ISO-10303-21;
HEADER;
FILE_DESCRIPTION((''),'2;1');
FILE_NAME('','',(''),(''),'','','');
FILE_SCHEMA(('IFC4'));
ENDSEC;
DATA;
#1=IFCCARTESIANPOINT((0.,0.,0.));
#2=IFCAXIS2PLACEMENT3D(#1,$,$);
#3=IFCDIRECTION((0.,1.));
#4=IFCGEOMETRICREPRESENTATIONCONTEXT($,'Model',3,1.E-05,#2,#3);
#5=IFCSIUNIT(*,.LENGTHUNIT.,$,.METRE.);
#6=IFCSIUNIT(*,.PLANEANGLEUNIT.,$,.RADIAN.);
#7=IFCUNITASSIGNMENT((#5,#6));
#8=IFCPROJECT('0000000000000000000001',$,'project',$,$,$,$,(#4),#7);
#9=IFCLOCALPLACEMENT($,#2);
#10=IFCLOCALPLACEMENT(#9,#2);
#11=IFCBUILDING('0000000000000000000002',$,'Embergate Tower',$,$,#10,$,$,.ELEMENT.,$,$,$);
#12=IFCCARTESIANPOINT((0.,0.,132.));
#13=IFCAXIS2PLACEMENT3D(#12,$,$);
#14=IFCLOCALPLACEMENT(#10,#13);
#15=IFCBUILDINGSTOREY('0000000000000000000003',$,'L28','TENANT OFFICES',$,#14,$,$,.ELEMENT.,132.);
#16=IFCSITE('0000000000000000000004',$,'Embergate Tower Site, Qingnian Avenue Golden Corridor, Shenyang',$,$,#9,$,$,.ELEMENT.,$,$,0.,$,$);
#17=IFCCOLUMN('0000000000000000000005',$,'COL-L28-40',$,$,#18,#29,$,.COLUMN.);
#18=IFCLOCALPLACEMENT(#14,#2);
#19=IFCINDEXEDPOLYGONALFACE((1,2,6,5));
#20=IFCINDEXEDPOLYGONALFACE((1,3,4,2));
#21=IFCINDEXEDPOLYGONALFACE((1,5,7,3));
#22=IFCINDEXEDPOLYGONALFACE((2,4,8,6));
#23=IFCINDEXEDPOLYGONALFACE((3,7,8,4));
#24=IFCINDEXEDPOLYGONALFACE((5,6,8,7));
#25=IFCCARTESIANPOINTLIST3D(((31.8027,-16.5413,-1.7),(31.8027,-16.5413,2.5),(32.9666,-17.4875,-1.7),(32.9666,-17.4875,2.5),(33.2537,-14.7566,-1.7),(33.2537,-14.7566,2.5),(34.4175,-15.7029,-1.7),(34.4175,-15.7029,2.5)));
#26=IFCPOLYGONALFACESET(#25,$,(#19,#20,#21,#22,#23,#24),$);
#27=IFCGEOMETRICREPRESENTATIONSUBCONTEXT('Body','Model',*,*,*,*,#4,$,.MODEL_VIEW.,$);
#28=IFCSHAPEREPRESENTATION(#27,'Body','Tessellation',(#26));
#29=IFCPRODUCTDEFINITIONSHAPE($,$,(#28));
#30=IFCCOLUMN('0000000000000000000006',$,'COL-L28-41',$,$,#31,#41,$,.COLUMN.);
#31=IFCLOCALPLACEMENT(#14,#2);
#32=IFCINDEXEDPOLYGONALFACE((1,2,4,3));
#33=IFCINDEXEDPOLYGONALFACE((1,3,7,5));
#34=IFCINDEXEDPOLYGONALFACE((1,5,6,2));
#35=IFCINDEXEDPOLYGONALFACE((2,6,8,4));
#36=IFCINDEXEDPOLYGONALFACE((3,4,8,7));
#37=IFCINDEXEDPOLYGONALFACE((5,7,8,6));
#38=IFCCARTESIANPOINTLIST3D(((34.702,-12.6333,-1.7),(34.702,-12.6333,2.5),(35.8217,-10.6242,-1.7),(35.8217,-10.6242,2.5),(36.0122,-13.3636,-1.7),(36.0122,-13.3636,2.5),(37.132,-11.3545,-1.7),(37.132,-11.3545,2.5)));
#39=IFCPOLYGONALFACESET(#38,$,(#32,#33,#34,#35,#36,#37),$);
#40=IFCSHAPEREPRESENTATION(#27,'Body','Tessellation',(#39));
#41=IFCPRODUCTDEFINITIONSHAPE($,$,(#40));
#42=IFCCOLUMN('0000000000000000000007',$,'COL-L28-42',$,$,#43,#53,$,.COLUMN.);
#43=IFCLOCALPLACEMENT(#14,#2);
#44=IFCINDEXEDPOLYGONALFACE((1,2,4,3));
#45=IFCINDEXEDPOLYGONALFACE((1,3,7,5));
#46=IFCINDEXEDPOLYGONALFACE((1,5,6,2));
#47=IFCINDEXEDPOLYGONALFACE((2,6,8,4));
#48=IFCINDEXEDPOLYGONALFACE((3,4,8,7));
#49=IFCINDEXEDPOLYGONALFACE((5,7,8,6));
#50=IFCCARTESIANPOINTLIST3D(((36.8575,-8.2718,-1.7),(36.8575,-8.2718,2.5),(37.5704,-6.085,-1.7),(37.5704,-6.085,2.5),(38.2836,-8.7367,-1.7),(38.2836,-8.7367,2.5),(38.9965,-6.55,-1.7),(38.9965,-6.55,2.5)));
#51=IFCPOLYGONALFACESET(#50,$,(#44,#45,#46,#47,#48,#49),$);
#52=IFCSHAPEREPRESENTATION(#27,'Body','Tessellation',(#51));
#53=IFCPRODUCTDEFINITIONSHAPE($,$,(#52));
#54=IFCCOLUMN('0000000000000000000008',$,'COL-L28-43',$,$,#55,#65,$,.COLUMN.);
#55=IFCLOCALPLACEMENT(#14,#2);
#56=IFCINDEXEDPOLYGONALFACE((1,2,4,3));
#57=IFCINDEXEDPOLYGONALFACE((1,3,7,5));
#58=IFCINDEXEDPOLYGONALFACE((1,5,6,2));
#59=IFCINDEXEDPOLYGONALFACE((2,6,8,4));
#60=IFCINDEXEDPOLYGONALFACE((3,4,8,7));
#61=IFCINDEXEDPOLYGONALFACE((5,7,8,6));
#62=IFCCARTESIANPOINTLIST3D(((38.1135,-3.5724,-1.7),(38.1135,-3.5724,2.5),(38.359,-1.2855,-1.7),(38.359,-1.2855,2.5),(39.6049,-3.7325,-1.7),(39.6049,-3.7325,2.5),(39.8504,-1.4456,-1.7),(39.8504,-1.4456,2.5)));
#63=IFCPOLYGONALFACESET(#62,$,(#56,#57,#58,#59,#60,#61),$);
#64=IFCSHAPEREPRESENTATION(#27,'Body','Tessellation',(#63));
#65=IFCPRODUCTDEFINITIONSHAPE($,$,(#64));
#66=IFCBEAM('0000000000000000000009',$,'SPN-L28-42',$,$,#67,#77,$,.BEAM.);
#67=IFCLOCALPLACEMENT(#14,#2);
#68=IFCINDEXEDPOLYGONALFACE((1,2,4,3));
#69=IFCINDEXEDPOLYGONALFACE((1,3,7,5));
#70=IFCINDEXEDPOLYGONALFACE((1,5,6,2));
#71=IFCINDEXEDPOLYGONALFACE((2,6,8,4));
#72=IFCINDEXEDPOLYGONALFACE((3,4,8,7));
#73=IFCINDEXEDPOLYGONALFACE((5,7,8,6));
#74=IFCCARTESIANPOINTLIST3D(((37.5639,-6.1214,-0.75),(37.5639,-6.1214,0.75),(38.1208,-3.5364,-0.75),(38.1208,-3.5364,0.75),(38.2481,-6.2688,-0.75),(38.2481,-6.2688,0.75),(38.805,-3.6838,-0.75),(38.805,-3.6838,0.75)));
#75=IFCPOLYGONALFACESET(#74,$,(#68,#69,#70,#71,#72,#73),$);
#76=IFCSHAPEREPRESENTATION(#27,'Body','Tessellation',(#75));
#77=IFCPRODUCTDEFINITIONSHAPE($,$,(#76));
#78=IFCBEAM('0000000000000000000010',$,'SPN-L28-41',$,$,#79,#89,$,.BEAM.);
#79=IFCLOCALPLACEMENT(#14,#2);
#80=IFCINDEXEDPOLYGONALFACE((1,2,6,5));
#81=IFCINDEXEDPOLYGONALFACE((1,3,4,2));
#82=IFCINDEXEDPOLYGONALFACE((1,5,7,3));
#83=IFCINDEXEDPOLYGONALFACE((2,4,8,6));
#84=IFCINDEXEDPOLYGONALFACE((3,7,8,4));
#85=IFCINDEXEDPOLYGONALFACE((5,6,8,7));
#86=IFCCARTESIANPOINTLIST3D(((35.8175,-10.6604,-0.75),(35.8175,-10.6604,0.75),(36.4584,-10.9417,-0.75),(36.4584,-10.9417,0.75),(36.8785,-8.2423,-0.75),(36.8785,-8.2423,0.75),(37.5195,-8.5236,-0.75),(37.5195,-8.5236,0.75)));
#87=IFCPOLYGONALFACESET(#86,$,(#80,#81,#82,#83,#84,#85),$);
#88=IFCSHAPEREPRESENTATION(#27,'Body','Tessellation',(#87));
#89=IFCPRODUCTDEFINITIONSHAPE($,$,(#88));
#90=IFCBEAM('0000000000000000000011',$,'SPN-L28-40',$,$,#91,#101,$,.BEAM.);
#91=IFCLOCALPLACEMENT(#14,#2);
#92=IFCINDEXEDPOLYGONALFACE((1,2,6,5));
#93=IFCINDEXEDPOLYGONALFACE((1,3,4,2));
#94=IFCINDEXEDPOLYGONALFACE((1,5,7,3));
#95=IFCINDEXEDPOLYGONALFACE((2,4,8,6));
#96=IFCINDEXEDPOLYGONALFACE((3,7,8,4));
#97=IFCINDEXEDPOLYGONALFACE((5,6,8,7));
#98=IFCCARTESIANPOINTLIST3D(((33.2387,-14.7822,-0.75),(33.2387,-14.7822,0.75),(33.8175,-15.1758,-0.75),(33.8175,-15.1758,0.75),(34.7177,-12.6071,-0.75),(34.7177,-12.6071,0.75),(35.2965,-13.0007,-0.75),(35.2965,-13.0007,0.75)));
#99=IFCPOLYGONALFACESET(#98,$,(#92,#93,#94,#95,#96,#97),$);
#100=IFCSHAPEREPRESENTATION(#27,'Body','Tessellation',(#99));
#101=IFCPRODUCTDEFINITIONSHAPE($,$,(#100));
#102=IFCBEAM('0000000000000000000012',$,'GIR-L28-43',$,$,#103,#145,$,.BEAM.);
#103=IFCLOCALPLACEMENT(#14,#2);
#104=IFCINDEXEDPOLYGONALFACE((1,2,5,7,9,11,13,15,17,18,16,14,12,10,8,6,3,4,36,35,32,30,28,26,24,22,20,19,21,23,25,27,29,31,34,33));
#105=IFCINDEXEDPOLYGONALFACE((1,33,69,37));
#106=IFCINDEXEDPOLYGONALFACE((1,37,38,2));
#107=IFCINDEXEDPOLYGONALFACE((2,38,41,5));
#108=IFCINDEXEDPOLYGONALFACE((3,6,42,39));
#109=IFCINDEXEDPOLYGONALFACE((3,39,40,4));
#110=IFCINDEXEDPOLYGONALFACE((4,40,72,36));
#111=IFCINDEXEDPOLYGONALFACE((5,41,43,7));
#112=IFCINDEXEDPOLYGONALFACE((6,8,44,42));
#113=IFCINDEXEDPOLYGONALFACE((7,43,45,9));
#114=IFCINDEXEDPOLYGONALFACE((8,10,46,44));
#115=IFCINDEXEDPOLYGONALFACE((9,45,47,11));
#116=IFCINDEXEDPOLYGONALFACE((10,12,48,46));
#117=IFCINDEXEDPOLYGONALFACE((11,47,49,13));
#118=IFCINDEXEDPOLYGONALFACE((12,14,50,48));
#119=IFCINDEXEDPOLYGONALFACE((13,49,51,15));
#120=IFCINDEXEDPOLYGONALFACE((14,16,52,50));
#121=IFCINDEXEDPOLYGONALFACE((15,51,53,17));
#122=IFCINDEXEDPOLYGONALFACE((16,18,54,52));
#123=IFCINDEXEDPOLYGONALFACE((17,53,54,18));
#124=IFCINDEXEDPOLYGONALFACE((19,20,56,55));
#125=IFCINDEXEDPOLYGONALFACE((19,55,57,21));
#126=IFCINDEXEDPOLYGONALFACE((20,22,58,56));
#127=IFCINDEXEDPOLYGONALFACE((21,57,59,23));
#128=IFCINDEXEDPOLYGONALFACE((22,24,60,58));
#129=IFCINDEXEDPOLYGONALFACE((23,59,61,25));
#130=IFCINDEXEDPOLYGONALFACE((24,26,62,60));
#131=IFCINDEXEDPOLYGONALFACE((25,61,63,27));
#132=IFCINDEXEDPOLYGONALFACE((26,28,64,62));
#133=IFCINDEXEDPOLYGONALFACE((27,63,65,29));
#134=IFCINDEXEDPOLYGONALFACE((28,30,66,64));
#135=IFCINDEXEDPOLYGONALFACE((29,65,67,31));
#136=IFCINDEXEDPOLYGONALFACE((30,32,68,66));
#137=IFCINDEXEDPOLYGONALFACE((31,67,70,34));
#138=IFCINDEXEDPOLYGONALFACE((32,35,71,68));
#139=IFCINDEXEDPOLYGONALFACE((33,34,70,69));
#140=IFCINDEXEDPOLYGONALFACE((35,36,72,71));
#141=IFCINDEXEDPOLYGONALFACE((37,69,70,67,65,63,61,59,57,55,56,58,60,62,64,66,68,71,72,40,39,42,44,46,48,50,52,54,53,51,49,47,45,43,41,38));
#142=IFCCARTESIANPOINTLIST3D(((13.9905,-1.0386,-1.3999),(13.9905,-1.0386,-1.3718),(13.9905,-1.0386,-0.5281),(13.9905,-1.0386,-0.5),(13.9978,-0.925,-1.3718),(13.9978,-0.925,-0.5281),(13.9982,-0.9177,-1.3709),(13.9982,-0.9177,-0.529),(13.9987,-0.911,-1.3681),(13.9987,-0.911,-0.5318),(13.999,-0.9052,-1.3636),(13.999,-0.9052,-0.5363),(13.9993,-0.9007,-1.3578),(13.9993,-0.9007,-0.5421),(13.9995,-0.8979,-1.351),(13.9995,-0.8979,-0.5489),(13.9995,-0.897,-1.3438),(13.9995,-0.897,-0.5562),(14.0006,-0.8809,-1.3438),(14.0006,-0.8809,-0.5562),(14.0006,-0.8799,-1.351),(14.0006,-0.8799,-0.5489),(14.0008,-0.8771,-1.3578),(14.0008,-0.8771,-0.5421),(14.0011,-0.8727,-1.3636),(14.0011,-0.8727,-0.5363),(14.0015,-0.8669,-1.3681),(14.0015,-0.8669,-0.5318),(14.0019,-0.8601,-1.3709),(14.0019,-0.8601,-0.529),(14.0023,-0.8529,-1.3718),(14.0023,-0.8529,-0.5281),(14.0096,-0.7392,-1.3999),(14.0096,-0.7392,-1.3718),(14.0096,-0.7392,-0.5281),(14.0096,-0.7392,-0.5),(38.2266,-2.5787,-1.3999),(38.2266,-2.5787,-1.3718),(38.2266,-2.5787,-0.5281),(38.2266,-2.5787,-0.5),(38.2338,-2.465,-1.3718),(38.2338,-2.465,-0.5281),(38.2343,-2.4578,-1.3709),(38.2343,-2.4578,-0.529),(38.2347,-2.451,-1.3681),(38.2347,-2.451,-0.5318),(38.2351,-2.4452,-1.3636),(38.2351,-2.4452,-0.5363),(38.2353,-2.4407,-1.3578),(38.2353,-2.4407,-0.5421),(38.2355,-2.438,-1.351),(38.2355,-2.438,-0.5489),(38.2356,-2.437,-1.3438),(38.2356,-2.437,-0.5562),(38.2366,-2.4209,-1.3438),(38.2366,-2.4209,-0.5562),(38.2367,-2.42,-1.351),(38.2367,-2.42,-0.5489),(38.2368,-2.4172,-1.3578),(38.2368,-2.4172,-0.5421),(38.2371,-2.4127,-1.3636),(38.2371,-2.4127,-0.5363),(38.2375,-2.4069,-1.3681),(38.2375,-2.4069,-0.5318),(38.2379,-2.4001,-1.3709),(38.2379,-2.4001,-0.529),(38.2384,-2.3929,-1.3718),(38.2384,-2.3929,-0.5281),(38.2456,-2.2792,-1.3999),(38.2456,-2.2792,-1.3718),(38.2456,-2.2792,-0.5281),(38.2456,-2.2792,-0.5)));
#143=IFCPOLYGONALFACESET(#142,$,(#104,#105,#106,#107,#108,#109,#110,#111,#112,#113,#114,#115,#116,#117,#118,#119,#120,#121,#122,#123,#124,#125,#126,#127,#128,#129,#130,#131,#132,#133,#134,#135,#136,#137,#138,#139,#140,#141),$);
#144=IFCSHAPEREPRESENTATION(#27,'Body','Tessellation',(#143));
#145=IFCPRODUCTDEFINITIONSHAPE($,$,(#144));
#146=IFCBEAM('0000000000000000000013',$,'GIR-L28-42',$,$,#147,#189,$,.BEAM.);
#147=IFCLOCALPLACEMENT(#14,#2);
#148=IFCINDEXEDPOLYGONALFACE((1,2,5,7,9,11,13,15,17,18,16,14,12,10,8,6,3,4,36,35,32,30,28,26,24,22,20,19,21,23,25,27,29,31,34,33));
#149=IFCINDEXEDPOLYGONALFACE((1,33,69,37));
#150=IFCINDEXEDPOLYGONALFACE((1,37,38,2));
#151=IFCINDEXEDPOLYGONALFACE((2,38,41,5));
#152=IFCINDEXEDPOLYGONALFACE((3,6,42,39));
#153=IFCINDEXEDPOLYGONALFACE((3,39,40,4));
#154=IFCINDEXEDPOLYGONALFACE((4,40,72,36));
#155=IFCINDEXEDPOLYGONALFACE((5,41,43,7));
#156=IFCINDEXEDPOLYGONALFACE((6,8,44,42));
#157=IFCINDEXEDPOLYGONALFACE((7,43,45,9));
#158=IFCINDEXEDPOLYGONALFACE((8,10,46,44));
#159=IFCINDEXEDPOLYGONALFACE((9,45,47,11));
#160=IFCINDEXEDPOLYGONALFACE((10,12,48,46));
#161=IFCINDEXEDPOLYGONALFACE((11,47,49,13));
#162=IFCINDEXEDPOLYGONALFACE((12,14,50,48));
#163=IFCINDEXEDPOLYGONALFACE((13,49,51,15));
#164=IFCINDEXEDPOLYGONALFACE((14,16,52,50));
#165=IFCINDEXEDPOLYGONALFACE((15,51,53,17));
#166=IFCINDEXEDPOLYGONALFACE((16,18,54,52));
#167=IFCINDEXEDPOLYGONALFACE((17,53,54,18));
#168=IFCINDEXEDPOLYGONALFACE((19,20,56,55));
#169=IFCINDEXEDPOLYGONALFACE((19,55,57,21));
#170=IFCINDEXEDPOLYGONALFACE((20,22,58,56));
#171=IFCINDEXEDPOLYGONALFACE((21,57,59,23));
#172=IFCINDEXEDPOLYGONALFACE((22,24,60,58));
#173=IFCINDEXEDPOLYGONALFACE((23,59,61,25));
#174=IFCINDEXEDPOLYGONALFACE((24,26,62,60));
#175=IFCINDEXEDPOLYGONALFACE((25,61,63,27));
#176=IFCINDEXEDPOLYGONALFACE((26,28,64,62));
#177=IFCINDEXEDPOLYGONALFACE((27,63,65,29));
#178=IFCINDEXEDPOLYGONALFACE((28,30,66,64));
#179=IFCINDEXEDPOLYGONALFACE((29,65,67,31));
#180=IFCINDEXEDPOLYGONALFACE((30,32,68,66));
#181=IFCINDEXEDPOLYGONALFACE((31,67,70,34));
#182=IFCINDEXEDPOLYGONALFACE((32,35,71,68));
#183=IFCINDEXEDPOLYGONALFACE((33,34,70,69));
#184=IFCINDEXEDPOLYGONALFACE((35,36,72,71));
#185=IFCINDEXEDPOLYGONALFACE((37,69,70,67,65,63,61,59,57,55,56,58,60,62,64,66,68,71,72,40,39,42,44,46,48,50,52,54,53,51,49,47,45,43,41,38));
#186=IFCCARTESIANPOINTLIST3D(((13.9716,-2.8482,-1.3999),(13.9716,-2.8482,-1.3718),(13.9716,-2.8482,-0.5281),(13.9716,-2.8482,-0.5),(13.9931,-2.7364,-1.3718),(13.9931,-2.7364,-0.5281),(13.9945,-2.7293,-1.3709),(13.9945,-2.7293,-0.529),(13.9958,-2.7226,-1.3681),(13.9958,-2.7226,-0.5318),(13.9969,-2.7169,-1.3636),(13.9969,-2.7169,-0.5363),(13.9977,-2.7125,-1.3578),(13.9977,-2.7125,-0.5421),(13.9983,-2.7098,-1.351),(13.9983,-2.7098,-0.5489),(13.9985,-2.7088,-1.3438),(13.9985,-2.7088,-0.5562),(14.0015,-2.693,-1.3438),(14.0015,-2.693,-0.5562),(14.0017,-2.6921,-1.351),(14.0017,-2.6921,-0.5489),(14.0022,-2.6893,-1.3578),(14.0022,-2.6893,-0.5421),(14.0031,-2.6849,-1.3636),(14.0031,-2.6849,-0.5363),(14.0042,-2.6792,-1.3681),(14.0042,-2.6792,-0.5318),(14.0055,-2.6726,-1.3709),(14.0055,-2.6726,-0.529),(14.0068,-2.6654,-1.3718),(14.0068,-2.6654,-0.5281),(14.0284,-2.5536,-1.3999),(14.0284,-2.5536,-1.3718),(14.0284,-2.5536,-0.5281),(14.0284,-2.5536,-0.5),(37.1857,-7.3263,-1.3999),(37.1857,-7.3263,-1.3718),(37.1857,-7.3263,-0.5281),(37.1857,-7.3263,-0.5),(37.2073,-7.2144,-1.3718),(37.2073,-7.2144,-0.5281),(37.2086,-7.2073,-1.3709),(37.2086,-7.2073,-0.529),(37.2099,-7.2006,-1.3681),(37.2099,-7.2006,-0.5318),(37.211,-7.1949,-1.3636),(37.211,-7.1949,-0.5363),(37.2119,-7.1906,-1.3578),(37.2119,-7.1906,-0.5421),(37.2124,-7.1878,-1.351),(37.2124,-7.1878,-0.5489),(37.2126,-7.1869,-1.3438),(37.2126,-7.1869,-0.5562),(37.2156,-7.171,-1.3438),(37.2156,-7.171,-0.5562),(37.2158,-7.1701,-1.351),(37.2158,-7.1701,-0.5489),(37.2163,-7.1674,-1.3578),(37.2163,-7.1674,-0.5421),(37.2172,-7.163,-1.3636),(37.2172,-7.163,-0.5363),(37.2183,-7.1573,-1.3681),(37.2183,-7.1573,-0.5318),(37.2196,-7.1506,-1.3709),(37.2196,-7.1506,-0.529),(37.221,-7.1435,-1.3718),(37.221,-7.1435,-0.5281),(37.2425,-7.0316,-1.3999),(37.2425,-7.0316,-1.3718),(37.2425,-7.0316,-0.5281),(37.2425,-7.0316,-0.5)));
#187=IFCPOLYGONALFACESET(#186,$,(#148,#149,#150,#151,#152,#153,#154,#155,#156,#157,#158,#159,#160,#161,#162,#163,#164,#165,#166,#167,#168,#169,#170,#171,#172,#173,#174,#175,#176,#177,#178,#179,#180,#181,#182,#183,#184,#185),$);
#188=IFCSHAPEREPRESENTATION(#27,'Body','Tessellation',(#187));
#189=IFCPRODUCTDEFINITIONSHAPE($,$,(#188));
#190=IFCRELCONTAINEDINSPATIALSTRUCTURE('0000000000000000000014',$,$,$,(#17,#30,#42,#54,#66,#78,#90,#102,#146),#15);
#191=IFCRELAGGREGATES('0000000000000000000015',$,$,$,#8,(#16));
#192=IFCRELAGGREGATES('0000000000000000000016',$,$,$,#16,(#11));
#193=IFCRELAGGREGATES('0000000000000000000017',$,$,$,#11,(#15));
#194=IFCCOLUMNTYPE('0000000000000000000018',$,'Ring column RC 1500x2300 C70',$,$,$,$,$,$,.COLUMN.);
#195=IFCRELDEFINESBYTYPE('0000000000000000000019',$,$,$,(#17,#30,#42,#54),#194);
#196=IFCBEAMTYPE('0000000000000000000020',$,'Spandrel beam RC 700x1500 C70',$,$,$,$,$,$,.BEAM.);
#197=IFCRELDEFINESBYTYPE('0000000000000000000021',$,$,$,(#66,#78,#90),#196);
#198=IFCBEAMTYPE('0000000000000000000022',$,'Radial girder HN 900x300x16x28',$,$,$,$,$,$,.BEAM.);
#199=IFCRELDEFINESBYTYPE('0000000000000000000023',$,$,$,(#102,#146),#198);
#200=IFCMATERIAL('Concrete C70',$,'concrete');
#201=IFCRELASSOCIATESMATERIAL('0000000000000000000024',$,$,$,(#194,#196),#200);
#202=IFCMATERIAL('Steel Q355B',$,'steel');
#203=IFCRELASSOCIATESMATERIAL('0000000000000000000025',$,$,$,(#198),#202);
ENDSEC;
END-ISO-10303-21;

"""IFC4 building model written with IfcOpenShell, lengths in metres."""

from ifc_helpers import new_model, si_unit, direction, frame, origin, origin_2d, place, context, subcontext, project, spatial, rectangle, i_section, extrude, source, transform, mapped, material, material_profile, profile_set, type_object, element, save


model = new_model("IFC4")

# Units and contexts
model_context = context("Model", 3, precision=1e-05, world=origin(), true_north=direction((0.0, 1.0)))
body_context = subcontext(model_context, "Body", "Model", "MODEL_VIEW")
ifc_project = project(units=[si_unit("LENGTHUNIT", "METRE"), si_unit("PLANEANGLEUNIT", "RADIAN")], contexts=[model_context])

# Site, building, storey
site_placement = place(None, origin())
site = spatial("IfcSite", under=ifc_project, at=site_placement, Name="Embergate Tower Site, Qingnian Avenue Golden Corridor, Shenyang", CompositionType="ELEMENT", RefElevation=0.0)
building_placement = place(site_placement, origin())
building = spatial("IfcBuilding", under=site, at=building_placement, Name="Embergate Tower", CompositionType="ELEMENT")
storey_placement = place(building_placement, frame((0.0, 0.0, 132.0)))
storey = spatial("IfcBuildingStorey", under=building, at=storey_placement, Name="L28", Description="TENANT OFFICES", CompositionType="ELEMENT", Elevation=132.0)

# Columns
ifc_material_1 = material(Name="Concrete C70", Category="concrete")
ifc_material_profile_1 = material_profile(ifc_material_1, rectangle(XDim=1.5, YDim=2.3, at=origin_2d()), Name="RC 1500x2300")
ifc_profile_set_1 = profile_set([ifc_material_profile_1], Name="Concrete C70")
column_type = type_object("IfcColumnType", Name="Ring column RC 1500x2300 C70", PredefinedType="COLUMN", material=ifc_profile_set_1)
shared_shape_1 = source(origin(), body_context, "Body", "SweptSolid", [
    extrude(rectangle(XDim=1.5, YDim=2.3, at=origin_2d()), origin(), (0.0, 0.0, 1.0), 4.2),
])
for number, where, z_axis, x_axis, name in (
    (1, (33.1101, -16.1221, -1.7), (0.0, 0.0, 1.0), (0.775914, -0.630838, 0.0), "COL-L28-40"),
    (2, (35.917, -11.9939, -1.7), (0.0, 0.0, 1.0), (0.873492, -0.486839, 0.0), "COL-L28-41"),
    (3, (37.927, -7.4109, -1.7), (0.0, 0.0, 1.0), (0.950754, -0.309946, 0.0), "COL-L28-42"),
    (4, (38.9819, -2.509, -1.7), (0.0, 0.0, 1.0), (0.994286, -0.10675, 0.0), "COL-L28-43"),
):
    element("IfcColumn", number, at=place(storey_placement, frame(where, z_axis=z_axis, x_axis=x_axis)), inside=storey, type_object=column_type, Name=name, PredefinedType="COLUMN", context=body_context, shape_type="MappedRepresentation", body=[
        mapped(shared_shape_1, transform((0.0, 0.0, 0.0))),
    ])

# Beams
ifc_material_profile_2 = material_profile(ifc_material_1, rectangle(XDim=0.7, YDim=1.5, at=origin_2d()), Name="RC 700x1500")
ifc_profile_set_2 = profile_set([ifc_material_profile_2], Name="Concrete C70")
beam_type_1 = type_object("IfcBeamType", Name="Spandrel beam RC 700x1500 C70", PredefinedType="BEAM", material=ifc_profile_set_2)
shared_shape_2 = source(origin(), body_context, "Body", "SweptSolid", [
    extrude(rectangle(XDim=0.7, YDim=1.5, at=origin_2d()), origin(), (0.0, 0.0, 1.0), 2.6443),
])
beam_1_placement = place(storey_placement, frame((37.906, -6.1951, 0.0), z_axis=(0.210601, 0.977572, 0.0), x_axis=(-0.977572, 0.210601, 0.0)))
element("IfcBeam", 5, at=beam_1_placement, inside=storey, type_object=beam_type_1, Name="SPN-L28-42", PredefinedType="BEAM", context=body_context, shape_type="MappedRepresentation", body=[
    mapped(shared_shape_2, transform((0.0, 0.0, 0.0))),
])
shared_shape_3 = source(origin(), body_context, "Body", "SweptSolid", [
    extrude(rectangle(XDim=0.7, YDim=1.5, at=origin_2d()), origin(), (0.0, 0.0, 1.0), 2.6406),
])
beam_2_placement = place(storey_placement, frame((36.1379, -10.801, 0.0), z_axis=(0.401827, 0.915715, 0.0), x_axis=(-0.915715, 0.401827, 0.0)))
element("IfcBeam", 6, at=beam_2_placement, inside=storey, type_object=beam_type_1, Name="SPN-L28-41", PredefinedType="BEAM", context=body_context, shape_type="MappedRepresentation", body=[
    mapped(shared_shape_3, transform((0.0, 0.0, 0.0))),
])
shared_shape_4 = source(origin(), body_context, "Body", "SweptSolid", [
    extrude(rectangle(XDim=0.7, YDim=1.5, at=origin_2d()), origin(), (0.0, 0.0, 1.0), 2.6304),
])
beam_3_placement = place(storey_placement, frame((33.5281, -14.979, 0.0), z_axis=(0.562302, 0.826932, 0.0), x_axis=(-0.826932, 0.562302, 0.0)))
element("IfcBeam", 7, at=beam_3_placement, inside=storey, type_object=beam_type_1, Name="SPN-L28-40", PredefinedType="BEAM", context=body_context, shape_type="MappedRepresentation", body=[
    mapped(shared_shape_4, transform((0.0, 0.0, 0.0))),
])
ifc_material_2 = material(Name="Steel Q355B", Category="steel")
ifc_material_profile_3 = material_profile(ifc_material_2, i_section(OverallWidth=0.3, OverallDepth=0.8999, WebThickness=0.0161, FlangeThickness=0.0281, FilletRadius=0.0281, at=origin_2d()), Name="HN 900x300x16x28")
ifc_profile_set_3 = profile_set([ifc_material_profile_3], Name="Steel Q355 grade B")
beam_type_2 = type_object("IfcBeamType", Name="Radial girder HN 900x300x16x28", PredefinedType="BEAM", material=ifc_profile_set_3)
shared_shape_5 = source(origin(), body_context, "Body", "SweptSolid", [
    extrude(i_section(OverallWidth=0.3, OverallDepth=0.8999, WebThickness=0.0161, FlangeThickness=0.0281, FilletRadius=0.0281, at=origin_2d()), origin(), (0.0, 0.0, 1.0), 24.2849),
])
beam_4_placement = place(storey_placement, frame((38.2361, -2.429, -0.95), z_axis=(-0.997987, 0.063415, 0.0), x_axis=(-0.063415, -0.997987, 0.0)))
element("IfcBeam", 8, at=beam_4_placement, inside=storey, type_object=beam_type_2, Name="GIR-L28-43", PredefinedType="BEAM", context=body_context, shape_type="MappedRepresentation", body=[
    mapped(shared_shape_5, transform((0.0, 0.0, 0.0))),
])
shared_shape_6 = source(origin(), body_context, "Body", "SweptSolid", [
    extrude(i_section(OverallWidth=0.3, OverallDepth=0.8999, WebThickness=0.0161, FlangeThickness=0.0281, FilletRadius=0.0281, at=origin_2d()), origin(), (0.0, 0.0, 1.0), 23.6421),
])
beam_5_placement = place(storey_placement, frame((37.2141, -7.179, -0.95), z_axis=(-0.981898, 0.189409, 0.0), x_axis=(-0.189409, -0.981898, 0.0)))
element("IfcBeam", 9, at=beam_5_placement, inside=storey, type_object=beam_type_2, Name="GIR-L28-42", PredefinedType="BEAM", context=body_context, shape_type="MappedRepresentation", body=[
    mapped(shared_shape_6, transform((0.0, 0.0, 0.0))),
])

save(model, "model.ifc")
